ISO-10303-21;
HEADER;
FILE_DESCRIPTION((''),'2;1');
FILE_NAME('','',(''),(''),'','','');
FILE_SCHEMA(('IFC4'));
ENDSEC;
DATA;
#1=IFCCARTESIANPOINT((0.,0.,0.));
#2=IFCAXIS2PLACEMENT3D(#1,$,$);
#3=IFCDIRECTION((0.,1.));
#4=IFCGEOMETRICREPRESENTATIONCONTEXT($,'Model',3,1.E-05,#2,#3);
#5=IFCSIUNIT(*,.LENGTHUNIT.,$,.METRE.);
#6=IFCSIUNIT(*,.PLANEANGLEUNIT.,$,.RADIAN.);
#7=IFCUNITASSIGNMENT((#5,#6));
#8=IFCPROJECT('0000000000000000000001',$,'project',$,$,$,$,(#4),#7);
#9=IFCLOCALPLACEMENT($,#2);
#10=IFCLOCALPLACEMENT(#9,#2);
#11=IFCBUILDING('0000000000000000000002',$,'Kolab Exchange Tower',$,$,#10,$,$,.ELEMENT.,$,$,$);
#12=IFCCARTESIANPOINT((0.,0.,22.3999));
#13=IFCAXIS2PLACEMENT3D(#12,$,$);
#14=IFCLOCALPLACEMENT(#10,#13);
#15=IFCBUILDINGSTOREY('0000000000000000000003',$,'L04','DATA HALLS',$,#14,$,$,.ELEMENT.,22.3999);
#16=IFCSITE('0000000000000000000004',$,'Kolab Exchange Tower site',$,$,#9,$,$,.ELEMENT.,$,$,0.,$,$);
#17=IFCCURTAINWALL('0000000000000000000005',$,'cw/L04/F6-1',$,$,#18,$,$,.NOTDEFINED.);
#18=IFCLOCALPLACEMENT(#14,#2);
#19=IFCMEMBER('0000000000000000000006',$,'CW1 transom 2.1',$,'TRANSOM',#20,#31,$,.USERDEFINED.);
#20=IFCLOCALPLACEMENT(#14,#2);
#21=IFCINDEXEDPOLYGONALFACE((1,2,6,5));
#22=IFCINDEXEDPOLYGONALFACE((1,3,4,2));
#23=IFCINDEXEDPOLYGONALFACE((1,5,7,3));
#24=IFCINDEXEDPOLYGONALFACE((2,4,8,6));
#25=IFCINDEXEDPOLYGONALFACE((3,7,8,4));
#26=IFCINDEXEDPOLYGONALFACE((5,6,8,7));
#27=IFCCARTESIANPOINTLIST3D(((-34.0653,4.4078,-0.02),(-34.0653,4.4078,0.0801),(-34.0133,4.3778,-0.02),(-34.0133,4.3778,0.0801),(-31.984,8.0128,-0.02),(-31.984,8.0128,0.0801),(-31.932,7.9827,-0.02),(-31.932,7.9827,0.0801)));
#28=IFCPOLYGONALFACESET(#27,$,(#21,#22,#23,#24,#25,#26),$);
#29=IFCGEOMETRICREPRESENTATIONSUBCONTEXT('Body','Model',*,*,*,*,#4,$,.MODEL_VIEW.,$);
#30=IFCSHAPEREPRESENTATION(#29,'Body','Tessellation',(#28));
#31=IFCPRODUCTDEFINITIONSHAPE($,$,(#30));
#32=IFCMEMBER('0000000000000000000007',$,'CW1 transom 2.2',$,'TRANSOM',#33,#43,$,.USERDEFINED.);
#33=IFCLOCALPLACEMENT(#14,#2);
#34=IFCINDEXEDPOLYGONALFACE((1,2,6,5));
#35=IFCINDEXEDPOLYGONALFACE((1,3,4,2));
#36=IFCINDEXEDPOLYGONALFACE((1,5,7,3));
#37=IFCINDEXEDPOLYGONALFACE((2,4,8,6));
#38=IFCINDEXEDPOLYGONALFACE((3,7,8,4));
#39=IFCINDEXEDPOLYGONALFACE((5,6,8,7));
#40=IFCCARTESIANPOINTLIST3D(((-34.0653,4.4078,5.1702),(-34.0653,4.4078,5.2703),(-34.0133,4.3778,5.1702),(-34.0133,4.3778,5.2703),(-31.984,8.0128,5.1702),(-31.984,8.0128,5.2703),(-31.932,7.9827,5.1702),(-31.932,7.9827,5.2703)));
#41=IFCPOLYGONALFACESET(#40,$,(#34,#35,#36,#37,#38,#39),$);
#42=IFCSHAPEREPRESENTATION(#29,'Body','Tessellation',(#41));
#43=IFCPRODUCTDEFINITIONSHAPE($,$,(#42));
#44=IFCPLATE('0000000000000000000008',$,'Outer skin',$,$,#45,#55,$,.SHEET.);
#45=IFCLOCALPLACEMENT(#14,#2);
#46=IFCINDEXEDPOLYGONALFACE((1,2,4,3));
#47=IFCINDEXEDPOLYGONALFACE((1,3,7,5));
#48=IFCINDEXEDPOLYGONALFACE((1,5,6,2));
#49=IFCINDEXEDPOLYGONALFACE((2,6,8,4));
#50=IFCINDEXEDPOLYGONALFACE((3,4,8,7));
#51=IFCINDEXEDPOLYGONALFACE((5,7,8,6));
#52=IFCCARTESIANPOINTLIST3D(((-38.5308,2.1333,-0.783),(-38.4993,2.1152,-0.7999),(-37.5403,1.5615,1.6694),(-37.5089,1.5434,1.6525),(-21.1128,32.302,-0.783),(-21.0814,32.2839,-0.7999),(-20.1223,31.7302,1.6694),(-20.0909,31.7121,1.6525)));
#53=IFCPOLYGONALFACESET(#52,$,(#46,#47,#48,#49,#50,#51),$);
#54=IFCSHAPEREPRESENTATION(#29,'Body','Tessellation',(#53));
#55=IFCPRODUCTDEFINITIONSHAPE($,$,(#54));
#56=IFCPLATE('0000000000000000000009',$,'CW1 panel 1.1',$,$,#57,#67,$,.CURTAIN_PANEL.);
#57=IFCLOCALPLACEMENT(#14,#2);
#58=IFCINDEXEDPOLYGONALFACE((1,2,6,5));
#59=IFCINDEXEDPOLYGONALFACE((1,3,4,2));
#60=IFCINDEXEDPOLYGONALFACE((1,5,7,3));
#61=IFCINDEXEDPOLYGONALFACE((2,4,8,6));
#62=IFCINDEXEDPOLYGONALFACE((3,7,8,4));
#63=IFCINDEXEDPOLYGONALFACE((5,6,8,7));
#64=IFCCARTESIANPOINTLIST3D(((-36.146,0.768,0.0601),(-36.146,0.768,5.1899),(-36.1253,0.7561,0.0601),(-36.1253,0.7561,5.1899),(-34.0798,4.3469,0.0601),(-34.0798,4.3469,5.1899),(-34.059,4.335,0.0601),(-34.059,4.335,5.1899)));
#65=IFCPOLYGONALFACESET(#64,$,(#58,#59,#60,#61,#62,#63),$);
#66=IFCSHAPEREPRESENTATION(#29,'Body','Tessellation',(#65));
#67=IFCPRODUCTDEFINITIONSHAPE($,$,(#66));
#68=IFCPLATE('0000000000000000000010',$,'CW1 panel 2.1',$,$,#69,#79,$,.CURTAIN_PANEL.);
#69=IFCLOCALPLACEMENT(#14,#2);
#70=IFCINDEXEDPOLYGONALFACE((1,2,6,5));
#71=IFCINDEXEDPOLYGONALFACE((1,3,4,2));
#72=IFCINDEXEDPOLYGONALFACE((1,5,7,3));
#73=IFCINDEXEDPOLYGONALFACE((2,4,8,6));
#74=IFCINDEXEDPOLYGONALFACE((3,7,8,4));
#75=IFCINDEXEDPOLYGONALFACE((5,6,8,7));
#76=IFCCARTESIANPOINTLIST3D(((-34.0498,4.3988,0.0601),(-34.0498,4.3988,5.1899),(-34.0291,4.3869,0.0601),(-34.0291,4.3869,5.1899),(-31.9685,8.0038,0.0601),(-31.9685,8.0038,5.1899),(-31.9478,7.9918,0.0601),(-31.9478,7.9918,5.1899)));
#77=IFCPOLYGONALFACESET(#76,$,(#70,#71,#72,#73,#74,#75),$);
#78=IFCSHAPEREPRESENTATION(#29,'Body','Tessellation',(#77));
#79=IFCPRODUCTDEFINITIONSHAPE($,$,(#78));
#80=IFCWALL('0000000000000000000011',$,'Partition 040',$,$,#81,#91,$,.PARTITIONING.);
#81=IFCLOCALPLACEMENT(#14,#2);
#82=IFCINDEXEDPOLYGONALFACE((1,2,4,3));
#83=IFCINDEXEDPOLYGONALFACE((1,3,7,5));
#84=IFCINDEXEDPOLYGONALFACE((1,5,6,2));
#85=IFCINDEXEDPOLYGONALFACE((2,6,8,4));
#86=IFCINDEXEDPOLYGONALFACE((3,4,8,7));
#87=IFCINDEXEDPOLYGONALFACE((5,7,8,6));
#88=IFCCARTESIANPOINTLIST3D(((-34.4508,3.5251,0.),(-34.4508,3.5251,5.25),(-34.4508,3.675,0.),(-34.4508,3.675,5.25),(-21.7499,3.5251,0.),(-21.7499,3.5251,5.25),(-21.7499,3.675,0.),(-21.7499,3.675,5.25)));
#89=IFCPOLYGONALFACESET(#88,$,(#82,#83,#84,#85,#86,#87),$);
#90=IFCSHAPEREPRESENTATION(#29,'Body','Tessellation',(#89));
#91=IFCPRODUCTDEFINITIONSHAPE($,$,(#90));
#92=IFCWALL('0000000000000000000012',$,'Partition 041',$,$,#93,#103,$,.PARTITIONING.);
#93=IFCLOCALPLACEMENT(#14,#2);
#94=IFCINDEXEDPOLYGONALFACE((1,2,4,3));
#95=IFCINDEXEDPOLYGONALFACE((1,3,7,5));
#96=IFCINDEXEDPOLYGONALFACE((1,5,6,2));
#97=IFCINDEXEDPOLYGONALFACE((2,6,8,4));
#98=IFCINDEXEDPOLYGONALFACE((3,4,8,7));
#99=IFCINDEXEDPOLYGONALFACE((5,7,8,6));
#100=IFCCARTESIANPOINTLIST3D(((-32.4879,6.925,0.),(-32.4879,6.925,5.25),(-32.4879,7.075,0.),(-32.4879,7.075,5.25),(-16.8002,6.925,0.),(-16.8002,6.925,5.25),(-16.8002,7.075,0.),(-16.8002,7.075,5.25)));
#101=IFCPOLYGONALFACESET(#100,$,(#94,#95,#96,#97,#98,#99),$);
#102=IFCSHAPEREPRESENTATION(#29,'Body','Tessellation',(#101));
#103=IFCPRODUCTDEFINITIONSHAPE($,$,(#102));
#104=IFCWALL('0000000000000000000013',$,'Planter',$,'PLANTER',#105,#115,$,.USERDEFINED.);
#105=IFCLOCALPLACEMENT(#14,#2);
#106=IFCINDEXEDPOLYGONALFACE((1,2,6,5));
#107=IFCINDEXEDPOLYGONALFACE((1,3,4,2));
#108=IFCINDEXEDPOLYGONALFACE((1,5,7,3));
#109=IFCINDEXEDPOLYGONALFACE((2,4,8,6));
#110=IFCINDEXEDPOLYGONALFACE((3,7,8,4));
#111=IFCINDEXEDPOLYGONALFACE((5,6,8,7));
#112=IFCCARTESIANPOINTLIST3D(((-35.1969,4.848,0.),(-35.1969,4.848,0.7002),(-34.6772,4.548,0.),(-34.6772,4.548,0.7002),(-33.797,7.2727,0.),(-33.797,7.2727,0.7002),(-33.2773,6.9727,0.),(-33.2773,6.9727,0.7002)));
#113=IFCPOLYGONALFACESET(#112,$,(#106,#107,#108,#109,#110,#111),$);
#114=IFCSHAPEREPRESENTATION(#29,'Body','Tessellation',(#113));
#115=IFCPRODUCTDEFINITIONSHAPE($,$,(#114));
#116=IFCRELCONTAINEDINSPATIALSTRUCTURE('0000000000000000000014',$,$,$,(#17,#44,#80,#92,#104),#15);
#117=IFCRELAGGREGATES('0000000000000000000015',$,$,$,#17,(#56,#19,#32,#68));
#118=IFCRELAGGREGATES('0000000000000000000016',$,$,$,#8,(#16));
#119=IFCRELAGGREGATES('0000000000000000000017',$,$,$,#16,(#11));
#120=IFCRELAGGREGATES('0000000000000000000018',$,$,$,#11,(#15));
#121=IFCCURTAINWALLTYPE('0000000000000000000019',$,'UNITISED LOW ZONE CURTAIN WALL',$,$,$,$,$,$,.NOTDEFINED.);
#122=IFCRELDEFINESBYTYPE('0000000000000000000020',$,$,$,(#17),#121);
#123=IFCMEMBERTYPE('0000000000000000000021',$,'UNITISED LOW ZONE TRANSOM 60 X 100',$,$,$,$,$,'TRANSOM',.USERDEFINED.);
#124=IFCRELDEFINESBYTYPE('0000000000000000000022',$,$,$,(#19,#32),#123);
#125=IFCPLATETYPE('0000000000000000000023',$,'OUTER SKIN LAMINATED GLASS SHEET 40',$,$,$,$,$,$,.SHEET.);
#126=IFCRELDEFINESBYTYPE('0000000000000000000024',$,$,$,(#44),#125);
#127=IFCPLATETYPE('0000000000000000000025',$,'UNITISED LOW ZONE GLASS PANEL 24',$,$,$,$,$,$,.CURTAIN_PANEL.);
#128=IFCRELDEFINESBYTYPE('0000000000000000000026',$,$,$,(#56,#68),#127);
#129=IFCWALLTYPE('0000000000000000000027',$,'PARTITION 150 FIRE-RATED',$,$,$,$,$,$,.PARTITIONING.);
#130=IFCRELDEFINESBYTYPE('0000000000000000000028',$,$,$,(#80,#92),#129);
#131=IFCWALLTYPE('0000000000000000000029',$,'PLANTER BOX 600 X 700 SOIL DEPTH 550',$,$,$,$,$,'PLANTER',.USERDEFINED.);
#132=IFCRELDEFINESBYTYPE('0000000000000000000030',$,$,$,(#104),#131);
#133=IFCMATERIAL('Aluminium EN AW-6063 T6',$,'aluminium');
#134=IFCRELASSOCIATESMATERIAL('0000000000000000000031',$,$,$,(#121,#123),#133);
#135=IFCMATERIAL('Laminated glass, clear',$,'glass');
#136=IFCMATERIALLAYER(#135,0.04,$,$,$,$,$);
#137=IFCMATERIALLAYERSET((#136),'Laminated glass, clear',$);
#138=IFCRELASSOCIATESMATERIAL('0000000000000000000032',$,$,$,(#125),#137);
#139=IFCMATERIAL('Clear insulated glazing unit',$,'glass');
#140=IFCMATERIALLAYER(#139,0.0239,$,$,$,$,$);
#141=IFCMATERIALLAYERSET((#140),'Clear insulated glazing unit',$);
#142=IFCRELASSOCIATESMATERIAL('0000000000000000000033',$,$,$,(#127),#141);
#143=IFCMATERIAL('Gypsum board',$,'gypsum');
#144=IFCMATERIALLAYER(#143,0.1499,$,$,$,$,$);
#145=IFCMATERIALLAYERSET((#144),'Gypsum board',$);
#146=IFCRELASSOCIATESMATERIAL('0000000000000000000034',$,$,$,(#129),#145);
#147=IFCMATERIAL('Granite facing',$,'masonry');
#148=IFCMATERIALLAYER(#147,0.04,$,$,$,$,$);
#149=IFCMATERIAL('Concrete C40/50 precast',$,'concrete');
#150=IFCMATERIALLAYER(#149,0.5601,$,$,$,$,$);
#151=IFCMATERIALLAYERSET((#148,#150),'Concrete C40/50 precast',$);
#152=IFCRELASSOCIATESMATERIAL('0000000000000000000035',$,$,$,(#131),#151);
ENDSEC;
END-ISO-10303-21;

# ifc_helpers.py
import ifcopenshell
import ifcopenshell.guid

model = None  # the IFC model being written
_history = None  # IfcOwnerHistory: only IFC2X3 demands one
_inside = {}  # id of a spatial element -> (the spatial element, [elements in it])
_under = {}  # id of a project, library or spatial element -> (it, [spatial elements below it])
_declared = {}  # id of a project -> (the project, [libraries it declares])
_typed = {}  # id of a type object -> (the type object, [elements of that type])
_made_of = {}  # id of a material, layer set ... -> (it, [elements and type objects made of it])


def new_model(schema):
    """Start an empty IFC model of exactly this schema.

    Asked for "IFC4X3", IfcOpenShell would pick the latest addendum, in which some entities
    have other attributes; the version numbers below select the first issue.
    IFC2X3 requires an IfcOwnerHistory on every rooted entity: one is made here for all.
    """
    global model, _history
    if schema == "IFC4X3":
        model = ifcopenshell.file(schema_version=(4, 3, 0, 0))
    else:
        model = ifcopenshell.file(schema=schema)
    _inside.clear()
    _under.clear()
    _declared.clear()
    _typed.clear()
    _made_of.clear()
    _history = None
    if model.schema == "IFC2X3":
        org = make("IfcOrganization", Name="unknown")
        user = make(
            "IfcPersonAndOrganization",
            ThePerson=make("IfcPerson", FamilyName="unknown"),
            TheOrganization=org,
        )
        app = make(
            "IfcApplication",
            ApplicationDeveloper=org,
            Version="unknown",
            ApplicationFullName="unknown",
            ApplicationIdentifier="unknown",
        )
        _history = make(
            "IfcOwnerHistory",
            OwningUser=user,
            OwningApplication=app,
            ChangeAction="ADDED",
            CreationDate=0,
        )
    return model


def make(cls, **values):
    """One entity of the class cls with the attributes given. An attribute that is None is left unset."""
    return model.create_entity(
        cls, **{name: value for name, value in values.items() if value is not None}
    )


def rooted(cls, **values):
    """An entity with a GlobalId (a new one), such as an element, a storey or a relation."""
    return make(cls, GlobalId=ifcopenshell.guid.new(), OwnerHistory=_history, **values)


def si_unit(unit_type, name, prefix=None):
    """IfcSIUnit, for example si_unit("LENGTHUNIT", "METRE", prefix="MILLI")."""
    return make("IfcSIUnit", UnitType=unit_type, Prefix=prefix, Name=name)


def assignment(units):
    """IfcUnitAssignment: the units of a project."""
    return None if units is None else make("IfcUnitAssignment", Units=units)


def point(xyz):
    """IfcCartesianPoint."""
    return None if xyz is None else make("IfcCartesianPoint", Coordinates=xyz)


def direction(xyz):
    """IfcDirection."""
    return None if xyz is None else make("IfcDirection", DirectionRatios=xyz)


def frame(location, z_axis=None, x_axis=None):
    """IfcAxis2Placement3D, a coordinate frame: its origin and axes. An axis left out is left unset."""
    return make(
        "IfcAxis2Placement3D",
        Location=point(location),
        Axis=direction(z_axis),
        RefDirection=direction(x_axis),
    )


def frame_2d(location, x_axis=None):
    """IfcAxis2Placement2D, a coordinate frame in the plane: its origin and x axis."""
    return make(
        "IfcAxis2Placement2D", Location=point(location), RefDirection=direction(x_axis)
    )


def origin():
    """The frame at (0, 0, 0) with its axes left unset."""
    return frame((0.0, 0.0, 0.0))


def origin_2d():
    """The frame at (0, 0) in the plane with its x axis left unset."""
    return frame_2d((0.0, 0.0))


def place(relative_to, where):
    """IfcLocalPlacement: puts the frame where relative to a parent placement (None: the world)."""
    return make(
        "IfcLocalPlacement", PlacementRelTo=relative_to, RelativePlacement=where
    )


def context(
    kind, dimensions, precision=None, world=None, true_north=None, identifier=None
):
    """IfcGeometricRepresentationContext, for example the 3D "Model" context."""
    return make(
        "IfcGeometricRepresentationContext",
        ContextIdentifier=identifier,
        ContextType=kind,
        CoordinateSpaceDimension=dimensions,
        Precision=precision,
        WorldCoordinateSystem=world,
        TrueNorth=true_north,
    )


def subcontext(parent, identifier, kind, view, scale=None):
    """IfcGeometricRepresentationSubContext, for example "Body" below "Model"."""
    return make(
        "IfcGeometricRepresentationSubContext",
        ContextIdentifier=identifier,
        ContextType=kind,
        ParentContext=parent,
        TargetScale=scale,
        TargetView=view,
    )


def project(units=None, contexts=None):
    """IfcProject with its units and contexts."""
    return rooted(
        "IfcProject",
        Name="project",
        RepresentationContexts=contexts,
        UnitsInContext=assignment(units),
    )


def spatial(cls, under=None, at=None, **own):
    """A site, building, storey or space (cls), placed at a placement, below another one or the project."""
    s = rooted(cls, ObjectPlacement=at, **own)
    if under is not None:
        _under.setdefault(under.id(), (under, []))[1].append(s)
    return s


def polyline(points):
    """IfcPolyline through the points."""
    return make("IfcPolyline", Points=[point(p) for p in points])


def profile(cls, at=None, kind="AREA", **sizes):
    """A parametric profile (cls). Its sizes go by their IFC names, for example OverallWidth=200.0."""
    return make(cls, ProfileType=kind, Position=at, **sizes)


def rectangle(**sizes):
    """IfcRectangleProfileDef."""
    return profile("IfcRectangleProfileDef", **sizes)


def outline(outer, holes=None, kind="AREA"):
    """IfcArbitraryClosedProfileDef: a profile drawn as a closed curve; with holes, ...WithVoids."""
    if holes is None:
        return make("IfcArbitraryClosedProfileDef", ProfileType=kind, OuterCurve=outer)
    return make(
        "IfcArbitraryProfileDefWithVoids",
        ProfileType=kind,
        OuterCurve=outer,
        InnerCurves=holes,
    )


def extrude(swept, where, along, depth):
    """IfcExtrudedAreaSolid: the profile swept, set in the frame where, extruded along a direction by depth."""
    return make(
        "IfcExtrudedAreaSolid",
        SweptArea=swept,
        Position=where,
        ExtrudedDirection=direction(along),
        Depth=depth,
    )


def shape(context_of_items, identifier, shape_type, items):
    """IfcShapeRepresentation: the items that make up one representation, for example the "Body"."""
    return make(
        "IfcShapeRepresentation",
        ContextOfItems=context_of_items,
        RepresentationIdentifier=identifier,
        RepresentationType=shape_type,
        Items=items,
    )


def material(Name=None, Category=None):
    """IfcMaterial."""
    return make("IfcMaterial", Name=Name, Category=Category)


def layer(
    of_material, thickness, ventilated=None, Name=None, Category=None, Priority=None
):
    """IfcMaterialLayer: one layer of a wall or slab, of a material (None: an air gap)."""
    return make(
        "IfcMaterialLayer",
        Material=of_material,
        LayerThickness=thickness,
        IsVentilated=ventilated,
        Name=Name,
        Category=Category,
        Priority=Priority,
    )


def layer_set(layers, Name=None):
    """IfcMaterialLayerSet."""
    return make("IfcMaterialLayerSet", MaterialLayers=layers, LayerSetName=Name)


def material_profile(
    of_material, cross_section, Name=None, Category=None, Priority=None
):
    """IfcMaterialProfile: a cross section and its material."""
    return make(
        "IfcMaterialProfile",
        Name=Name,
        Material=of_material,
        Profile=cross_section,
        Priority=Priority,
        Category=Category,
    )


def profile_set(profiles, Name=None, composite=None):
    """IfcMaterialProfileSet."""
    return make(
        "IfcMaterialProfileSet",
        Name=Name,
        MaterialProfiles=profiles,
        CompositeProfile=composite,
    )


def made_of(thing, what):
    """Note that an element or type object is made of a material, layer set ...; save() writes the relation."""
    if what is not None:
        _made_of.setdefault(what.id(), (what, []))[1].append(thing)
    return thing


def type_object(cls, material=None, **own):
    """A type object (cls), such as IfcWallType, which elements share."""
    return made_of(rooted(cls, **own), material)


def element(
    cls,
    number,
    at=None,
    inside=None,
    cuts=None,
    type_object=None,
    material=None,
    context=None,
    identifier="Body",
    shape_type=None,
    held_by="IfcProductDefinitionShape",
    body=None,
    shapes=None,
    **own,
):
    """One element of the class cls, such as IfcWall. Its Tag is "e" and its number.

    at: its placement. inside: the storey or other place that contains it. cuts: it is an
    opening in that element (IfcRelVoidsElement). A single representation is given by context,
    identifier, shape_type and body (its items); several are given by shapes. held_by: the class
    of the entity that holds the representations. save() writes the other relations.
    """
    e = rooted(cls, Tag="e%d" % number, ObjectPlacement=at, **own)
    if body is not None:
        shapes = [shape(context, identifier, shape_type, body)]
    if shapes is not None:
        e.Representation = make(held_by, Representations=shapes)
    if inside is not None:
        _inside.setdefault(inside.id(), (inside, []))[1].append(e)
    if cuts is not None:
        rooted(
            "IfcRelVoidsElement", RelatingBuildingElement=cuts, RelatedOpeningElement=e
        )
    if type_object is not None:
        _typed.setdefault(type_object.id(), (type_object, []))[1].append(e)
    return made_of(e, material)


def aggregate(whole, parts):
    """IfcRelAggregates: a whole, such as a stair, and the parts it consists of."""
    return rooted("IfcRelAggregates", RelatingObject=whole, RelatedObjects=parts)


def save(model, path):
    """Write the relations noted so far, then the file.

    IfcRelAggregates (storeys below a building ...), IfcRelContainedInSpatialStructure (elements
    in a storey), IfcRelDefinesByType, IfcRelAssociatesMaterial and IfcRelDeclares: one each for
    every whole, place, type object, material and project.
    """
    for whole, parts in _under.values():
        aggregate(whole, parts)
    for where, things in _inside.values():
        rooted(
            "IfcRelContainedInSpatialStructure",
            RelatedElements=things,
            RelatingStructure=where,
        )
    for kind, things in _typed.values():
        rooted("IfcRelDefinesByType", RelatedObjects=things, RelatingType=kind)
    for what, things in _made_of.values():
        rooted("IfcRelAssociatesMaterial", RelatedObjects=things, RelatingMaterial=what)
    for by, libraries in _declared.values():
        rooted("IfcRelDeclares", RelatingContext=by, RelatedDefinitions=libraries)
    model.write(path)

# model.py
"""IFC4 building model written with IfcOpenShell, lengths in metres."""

from ifc_helpers import new_model, si_unit, direction, frame, frame_2d, origin, origin_2d, place, context, subcontext, project, spatial, polyline, rectangle, outline, extrude, material, layer, layer_set, material_profile, profile_set, type_object, element, aggregate, save


model = new_model("IFC4")

# Units and contexts
model_context = context("Model", 3, precision=1e-05, world=origin(), true_north=direction((0.0, 1.0)))
body_context = subcontext(model_context, "Body", "Model", "MODEL_VIEW")
ifc_project = project(units=[si_unit("LENGTHUNIT", "METRE"), si_unit("PLANEANGLEUNIT", "RADIAN")], contexts=[model_context])

# Site, building, storey
site_placement = place(None, origin())
site = spatial("IfcSite", under=ifc_project, at=site_placement, Name="Kolab Exchange Tower site", CompositionType="ELEMENT", RefElevation=0.0)
building_placement = place(site_placement, origin())
building = spatial("IfcBuilding", under=site, at=building_placement, Name="Kolab Exchange Tower", CompositionType="ELEMENT")
storey_placement = place(building_placement, frame((0.0, 0.0, 22.3999)))
storey = spatial("IfcBuildingStorey", under=building, at=storey_placement, Name="L04", Description="DATA HALLS", CompositionType="ELEMENT", Elevation=22.3999)

# Curtain wall
ifc_material_1 = material(Name="Aluminium EN AW-6063 T6", Category="aluminium")
curtain_wall_type = type_object("IfcCurtainWallType", Name="UNITISED LOW ZONE CURTAIN WALL", PredefinedType="NOTDEFINED", material=ifc_material_1)
curtain_wall_1_placement = place(storey_placement, origin())
curtain_wall_1 = element("IfcCurtainWall", 1, at=curtain_wall_1_placement, inside=storey, type_object=curtain_wall_type, Name="cw/L04/F6-1", PredefinedType="NOTDEFINED")

# Members
ifc_material_profile_1 = material_profile(ifc_material_1, rectangle(XDim=0.0601, YDim=0.1001, at=origin_2d()), Name="RECT 60X100")
ifc_profile_set_1 = profile_set([ifc_material_profile_1], Name="Aluminium EN AW-6063 T6")
member_type_1 = type_object("IfcMemberType", Name="UNITISED LOW ZONE TRANSOM 60 X 100", ElementType="TRANSOM", PredefinedType="USERDEFINED", material=ifc_profile_set_1)
member_1_placement = place(storey_placement, frame((-34.0393, 4.3928, 0.03), z_axis=(0.499993, 0.866029, 0.0), x_axis=(-0.866029, 0.499993, 0.0)))
member_1 = element("IfcMember", 2, at=member_1_placement, type_object=member_type_1, Name="CW1 transom 2.1", ObjectType="TRANSOM", PredefinedType="USERDEFINED", context=body_context, shape_type="SweptSolid", body=[
    extrude(rectangle(XDim=0.0601, YDim=0.1001, at=origin_2d()), origin(), (0.0, 0.0, 1.0), 4.1626),
])
member_2_placement = place(storey_placement, frame((-34.0393, 4.3928, 5.2202), z_axis=(0.499993, 0.866029, 0.0), x_axis=(-0.866029, 0.499993, 0.0)))
member_2 = element("IfcMember", 3, at=member_2_placement, type_object=member_type_1, Name="CW1 transom 2.2", ObjectType="TRANSOM", PredefinedType="USERDEFINED", context=body_context, shape_type="SweptSolid", body=[
    extrude(rectangle(XDim=0.0601, YDim=0.1001, at=origin_2d()), origin(), (0.0, 0.0, 1.0), 4.1626),
])

# Plates
ifc_material_2 = material(Name="Laminated glass, clear", Category="glass")
ifc_layer_1 = layer(ifc_material_2, 0.04)
ifc_layer_set_1 = layer_set([ifc_layer_1], Name="Laminated glass, clear")
plate_type_1 = type_object("IfcPlateType", Name="OUTER SKIN LAMINATED GLASS SHEET 40", PredefinedType="SHEET", material=ifc_layer_set_1)
plate_1_placement = place(storey_placement, frame((-38.5308, 2.1333, -0.783), z_axis=(-0.784873, 0.453148, 0.422648), x_axis=(0.500001, 0.866025, 0.0)))
element("IfcPlate", 4, at=plate_1_placement, inside=storey, type_object=plate_type_1, Name="Outer skin", PredefinedType="SHEET", context=body_context, shape_type="SweptSolid", body=[
    extrude(outline(polyline([(0.0, 0.0), (34.8358, 0.0), (34.8359, -2.706), (0.0001, -2.706), (0.0, 0.0)])), origin(), (0.0, 0.0, -1.0), 0.04),
])
ifc_material_3 = material(Name="Clear insulated glazing unit", Category="glass")
ifc_layer_2 = layer(ifc_material_3, 0.0239)
ifc_layer_set_2 = layer_set([ifc_layer_2], Name="Clear insulated glazing unit")
plate_type_2 = type_object("IfcPlateType", Name="UNITISED LOW ZONE GLASS PANEL 24", PredefinedType="CURTAIN_PANEL", material=ifc_layer_set_2)
plate_2_placement = place(storey_placement, frame((-35.1025, 2.5515, 0.0601), z_axis=(0.0, 0.0, 1.0), x_axis=(0.5, 0.866025, 0.0)))
plate_2 = element("IfcPlate", 5, at=plate_2_placement, type_object=plate_type_2, Name="CW1 panel 1.1", PredefinedType="CURTAIN_PANEL", context=body_context, shape_type="SweptSolid", body=[
    extrude(rectangle(XDim=4.1326, YDim=0.0239, at=origin_2d()), origin(), (0.0, 0.0, 1.0), 5.1299),
])
plate_3_placement = place(storey_placement, frame((-32.9988, 6.1953, 0.0601), z_axis=(0.0, 0.0, 1.0), x_axis=(0.5, 0.866025, 0.0)))
plate_3 = element("IfcPlate", 6, at=plate_3_placement, type_object=plate_type_2, Name="CW1 panel 2.1", PredefinedType="CURTAIN_PANEL", context=body_context, shape_type="SweptSolid", body=[
    extrude(rectangle(XDim=4.1626, YDim=0.0239, at=origin_2d()), origin(), (0.0, 0.0, 1.0), 5.1299),
])
aggregate(curtain_wall_1, [plate_2, member_1, member_2, plate_3])

# Walls
ifc_material_4 = material(Name="Gypsum board", Category="gypsum")
ifc_layer_3 = layer(ifc_material_4, 0.1499)
ifc_layer_set_3 = layer_set([ifc_layer_3], Name="Gypsum board")
wall_type_1 = type_object("IfcWallType", Name="PARTITION 150 FIRE-RATED", PredefinedType="PARTITIONING", material=ifc_layer_set_3)
wall_1_placement = place(storey_placement, frame((-34.4509, 3.6001, 0.0), z_axis=(0.0, 0.0, 1.0), x_axis=(1.0, 0.0, 0.0)))
element("IfcWall", 7, at=wall_1_placement, inside=storey, type_object=wall_type_1, Name="Partition 040", PredefinedType="PARTITIONING", context=body_context, shape_type="SweptSolid", body=[
    extrude(rectangle(XDim=12.7009, YDim=0.1499, at=frame_2d((6.3506, 0.0))), origin(), (0.0, 0.0, 1.0), 5.25),
])
wall_2_placement = place(storey_placement, frame((-32.4878, 7.0, 0.0), z_axis=(0.0, 0.0, 1.0), x_axis=(1.0, 0.0, 0.0)))
element("IfcWall", 8, at=wall_2_placement, inside=storey, type_object=wall_type_1, Name="Partition 041", PredefinedType="PARTITIONING", context=body_context, shape_type="SweptSolid", body=[
    extrude(rectangle(XDim=15.6877, YDim=0.1499, at=frame_2d((7.8438, 0.0))), origin(), (0.0, 0.0, 1.0), 5.25),
])
ifc_material_5 = material(Name="Granite facing", Category="masonry")
ifc_layer_4 = layer(ifc_material_5, 0.04)
ifc_material_6 = material(Name="Concrete C40/50 precast", Category="concrete")
ifc_layer_5 = layer(ifc_material_6, 0.5601)
ifc_layer_set_4 = layer_set([ifc_layer_4, ifc_layer_5], Name="Concrete C40/50 precast")
wall_type_2 = type_object("IfcWallType", Name="PLANTER BOX 600 X 700 SOIL DEPTH 550", ElementType="PLANTER", PredefinedType="USERDEFINED", material=ifc_layer_set_4)
wall_3_placement = place(storey_placement, frame((-34.937, 4.698, 0.0), z_axis=(0.0, 0.0, 1.0), x_axis=(0.499984, 0.866035, 0.0)))
element("IfcWall", 9, at=wall_3_placement, inside=storey, type_object=wall_type_2, Name="Planter", ObjectType="PLANTER", PredefinedType="USERDEFINED", context=body_context, shape_type="SweptSolid", body=[
    extrude(rectangle(XDim=2.7998, YDim=0.6001, at=frame_2d((1.3999, 0.0))), origin(), (0.0, 0.0, 1.0), 0.7002),
])

save(model, "model.ifc")
